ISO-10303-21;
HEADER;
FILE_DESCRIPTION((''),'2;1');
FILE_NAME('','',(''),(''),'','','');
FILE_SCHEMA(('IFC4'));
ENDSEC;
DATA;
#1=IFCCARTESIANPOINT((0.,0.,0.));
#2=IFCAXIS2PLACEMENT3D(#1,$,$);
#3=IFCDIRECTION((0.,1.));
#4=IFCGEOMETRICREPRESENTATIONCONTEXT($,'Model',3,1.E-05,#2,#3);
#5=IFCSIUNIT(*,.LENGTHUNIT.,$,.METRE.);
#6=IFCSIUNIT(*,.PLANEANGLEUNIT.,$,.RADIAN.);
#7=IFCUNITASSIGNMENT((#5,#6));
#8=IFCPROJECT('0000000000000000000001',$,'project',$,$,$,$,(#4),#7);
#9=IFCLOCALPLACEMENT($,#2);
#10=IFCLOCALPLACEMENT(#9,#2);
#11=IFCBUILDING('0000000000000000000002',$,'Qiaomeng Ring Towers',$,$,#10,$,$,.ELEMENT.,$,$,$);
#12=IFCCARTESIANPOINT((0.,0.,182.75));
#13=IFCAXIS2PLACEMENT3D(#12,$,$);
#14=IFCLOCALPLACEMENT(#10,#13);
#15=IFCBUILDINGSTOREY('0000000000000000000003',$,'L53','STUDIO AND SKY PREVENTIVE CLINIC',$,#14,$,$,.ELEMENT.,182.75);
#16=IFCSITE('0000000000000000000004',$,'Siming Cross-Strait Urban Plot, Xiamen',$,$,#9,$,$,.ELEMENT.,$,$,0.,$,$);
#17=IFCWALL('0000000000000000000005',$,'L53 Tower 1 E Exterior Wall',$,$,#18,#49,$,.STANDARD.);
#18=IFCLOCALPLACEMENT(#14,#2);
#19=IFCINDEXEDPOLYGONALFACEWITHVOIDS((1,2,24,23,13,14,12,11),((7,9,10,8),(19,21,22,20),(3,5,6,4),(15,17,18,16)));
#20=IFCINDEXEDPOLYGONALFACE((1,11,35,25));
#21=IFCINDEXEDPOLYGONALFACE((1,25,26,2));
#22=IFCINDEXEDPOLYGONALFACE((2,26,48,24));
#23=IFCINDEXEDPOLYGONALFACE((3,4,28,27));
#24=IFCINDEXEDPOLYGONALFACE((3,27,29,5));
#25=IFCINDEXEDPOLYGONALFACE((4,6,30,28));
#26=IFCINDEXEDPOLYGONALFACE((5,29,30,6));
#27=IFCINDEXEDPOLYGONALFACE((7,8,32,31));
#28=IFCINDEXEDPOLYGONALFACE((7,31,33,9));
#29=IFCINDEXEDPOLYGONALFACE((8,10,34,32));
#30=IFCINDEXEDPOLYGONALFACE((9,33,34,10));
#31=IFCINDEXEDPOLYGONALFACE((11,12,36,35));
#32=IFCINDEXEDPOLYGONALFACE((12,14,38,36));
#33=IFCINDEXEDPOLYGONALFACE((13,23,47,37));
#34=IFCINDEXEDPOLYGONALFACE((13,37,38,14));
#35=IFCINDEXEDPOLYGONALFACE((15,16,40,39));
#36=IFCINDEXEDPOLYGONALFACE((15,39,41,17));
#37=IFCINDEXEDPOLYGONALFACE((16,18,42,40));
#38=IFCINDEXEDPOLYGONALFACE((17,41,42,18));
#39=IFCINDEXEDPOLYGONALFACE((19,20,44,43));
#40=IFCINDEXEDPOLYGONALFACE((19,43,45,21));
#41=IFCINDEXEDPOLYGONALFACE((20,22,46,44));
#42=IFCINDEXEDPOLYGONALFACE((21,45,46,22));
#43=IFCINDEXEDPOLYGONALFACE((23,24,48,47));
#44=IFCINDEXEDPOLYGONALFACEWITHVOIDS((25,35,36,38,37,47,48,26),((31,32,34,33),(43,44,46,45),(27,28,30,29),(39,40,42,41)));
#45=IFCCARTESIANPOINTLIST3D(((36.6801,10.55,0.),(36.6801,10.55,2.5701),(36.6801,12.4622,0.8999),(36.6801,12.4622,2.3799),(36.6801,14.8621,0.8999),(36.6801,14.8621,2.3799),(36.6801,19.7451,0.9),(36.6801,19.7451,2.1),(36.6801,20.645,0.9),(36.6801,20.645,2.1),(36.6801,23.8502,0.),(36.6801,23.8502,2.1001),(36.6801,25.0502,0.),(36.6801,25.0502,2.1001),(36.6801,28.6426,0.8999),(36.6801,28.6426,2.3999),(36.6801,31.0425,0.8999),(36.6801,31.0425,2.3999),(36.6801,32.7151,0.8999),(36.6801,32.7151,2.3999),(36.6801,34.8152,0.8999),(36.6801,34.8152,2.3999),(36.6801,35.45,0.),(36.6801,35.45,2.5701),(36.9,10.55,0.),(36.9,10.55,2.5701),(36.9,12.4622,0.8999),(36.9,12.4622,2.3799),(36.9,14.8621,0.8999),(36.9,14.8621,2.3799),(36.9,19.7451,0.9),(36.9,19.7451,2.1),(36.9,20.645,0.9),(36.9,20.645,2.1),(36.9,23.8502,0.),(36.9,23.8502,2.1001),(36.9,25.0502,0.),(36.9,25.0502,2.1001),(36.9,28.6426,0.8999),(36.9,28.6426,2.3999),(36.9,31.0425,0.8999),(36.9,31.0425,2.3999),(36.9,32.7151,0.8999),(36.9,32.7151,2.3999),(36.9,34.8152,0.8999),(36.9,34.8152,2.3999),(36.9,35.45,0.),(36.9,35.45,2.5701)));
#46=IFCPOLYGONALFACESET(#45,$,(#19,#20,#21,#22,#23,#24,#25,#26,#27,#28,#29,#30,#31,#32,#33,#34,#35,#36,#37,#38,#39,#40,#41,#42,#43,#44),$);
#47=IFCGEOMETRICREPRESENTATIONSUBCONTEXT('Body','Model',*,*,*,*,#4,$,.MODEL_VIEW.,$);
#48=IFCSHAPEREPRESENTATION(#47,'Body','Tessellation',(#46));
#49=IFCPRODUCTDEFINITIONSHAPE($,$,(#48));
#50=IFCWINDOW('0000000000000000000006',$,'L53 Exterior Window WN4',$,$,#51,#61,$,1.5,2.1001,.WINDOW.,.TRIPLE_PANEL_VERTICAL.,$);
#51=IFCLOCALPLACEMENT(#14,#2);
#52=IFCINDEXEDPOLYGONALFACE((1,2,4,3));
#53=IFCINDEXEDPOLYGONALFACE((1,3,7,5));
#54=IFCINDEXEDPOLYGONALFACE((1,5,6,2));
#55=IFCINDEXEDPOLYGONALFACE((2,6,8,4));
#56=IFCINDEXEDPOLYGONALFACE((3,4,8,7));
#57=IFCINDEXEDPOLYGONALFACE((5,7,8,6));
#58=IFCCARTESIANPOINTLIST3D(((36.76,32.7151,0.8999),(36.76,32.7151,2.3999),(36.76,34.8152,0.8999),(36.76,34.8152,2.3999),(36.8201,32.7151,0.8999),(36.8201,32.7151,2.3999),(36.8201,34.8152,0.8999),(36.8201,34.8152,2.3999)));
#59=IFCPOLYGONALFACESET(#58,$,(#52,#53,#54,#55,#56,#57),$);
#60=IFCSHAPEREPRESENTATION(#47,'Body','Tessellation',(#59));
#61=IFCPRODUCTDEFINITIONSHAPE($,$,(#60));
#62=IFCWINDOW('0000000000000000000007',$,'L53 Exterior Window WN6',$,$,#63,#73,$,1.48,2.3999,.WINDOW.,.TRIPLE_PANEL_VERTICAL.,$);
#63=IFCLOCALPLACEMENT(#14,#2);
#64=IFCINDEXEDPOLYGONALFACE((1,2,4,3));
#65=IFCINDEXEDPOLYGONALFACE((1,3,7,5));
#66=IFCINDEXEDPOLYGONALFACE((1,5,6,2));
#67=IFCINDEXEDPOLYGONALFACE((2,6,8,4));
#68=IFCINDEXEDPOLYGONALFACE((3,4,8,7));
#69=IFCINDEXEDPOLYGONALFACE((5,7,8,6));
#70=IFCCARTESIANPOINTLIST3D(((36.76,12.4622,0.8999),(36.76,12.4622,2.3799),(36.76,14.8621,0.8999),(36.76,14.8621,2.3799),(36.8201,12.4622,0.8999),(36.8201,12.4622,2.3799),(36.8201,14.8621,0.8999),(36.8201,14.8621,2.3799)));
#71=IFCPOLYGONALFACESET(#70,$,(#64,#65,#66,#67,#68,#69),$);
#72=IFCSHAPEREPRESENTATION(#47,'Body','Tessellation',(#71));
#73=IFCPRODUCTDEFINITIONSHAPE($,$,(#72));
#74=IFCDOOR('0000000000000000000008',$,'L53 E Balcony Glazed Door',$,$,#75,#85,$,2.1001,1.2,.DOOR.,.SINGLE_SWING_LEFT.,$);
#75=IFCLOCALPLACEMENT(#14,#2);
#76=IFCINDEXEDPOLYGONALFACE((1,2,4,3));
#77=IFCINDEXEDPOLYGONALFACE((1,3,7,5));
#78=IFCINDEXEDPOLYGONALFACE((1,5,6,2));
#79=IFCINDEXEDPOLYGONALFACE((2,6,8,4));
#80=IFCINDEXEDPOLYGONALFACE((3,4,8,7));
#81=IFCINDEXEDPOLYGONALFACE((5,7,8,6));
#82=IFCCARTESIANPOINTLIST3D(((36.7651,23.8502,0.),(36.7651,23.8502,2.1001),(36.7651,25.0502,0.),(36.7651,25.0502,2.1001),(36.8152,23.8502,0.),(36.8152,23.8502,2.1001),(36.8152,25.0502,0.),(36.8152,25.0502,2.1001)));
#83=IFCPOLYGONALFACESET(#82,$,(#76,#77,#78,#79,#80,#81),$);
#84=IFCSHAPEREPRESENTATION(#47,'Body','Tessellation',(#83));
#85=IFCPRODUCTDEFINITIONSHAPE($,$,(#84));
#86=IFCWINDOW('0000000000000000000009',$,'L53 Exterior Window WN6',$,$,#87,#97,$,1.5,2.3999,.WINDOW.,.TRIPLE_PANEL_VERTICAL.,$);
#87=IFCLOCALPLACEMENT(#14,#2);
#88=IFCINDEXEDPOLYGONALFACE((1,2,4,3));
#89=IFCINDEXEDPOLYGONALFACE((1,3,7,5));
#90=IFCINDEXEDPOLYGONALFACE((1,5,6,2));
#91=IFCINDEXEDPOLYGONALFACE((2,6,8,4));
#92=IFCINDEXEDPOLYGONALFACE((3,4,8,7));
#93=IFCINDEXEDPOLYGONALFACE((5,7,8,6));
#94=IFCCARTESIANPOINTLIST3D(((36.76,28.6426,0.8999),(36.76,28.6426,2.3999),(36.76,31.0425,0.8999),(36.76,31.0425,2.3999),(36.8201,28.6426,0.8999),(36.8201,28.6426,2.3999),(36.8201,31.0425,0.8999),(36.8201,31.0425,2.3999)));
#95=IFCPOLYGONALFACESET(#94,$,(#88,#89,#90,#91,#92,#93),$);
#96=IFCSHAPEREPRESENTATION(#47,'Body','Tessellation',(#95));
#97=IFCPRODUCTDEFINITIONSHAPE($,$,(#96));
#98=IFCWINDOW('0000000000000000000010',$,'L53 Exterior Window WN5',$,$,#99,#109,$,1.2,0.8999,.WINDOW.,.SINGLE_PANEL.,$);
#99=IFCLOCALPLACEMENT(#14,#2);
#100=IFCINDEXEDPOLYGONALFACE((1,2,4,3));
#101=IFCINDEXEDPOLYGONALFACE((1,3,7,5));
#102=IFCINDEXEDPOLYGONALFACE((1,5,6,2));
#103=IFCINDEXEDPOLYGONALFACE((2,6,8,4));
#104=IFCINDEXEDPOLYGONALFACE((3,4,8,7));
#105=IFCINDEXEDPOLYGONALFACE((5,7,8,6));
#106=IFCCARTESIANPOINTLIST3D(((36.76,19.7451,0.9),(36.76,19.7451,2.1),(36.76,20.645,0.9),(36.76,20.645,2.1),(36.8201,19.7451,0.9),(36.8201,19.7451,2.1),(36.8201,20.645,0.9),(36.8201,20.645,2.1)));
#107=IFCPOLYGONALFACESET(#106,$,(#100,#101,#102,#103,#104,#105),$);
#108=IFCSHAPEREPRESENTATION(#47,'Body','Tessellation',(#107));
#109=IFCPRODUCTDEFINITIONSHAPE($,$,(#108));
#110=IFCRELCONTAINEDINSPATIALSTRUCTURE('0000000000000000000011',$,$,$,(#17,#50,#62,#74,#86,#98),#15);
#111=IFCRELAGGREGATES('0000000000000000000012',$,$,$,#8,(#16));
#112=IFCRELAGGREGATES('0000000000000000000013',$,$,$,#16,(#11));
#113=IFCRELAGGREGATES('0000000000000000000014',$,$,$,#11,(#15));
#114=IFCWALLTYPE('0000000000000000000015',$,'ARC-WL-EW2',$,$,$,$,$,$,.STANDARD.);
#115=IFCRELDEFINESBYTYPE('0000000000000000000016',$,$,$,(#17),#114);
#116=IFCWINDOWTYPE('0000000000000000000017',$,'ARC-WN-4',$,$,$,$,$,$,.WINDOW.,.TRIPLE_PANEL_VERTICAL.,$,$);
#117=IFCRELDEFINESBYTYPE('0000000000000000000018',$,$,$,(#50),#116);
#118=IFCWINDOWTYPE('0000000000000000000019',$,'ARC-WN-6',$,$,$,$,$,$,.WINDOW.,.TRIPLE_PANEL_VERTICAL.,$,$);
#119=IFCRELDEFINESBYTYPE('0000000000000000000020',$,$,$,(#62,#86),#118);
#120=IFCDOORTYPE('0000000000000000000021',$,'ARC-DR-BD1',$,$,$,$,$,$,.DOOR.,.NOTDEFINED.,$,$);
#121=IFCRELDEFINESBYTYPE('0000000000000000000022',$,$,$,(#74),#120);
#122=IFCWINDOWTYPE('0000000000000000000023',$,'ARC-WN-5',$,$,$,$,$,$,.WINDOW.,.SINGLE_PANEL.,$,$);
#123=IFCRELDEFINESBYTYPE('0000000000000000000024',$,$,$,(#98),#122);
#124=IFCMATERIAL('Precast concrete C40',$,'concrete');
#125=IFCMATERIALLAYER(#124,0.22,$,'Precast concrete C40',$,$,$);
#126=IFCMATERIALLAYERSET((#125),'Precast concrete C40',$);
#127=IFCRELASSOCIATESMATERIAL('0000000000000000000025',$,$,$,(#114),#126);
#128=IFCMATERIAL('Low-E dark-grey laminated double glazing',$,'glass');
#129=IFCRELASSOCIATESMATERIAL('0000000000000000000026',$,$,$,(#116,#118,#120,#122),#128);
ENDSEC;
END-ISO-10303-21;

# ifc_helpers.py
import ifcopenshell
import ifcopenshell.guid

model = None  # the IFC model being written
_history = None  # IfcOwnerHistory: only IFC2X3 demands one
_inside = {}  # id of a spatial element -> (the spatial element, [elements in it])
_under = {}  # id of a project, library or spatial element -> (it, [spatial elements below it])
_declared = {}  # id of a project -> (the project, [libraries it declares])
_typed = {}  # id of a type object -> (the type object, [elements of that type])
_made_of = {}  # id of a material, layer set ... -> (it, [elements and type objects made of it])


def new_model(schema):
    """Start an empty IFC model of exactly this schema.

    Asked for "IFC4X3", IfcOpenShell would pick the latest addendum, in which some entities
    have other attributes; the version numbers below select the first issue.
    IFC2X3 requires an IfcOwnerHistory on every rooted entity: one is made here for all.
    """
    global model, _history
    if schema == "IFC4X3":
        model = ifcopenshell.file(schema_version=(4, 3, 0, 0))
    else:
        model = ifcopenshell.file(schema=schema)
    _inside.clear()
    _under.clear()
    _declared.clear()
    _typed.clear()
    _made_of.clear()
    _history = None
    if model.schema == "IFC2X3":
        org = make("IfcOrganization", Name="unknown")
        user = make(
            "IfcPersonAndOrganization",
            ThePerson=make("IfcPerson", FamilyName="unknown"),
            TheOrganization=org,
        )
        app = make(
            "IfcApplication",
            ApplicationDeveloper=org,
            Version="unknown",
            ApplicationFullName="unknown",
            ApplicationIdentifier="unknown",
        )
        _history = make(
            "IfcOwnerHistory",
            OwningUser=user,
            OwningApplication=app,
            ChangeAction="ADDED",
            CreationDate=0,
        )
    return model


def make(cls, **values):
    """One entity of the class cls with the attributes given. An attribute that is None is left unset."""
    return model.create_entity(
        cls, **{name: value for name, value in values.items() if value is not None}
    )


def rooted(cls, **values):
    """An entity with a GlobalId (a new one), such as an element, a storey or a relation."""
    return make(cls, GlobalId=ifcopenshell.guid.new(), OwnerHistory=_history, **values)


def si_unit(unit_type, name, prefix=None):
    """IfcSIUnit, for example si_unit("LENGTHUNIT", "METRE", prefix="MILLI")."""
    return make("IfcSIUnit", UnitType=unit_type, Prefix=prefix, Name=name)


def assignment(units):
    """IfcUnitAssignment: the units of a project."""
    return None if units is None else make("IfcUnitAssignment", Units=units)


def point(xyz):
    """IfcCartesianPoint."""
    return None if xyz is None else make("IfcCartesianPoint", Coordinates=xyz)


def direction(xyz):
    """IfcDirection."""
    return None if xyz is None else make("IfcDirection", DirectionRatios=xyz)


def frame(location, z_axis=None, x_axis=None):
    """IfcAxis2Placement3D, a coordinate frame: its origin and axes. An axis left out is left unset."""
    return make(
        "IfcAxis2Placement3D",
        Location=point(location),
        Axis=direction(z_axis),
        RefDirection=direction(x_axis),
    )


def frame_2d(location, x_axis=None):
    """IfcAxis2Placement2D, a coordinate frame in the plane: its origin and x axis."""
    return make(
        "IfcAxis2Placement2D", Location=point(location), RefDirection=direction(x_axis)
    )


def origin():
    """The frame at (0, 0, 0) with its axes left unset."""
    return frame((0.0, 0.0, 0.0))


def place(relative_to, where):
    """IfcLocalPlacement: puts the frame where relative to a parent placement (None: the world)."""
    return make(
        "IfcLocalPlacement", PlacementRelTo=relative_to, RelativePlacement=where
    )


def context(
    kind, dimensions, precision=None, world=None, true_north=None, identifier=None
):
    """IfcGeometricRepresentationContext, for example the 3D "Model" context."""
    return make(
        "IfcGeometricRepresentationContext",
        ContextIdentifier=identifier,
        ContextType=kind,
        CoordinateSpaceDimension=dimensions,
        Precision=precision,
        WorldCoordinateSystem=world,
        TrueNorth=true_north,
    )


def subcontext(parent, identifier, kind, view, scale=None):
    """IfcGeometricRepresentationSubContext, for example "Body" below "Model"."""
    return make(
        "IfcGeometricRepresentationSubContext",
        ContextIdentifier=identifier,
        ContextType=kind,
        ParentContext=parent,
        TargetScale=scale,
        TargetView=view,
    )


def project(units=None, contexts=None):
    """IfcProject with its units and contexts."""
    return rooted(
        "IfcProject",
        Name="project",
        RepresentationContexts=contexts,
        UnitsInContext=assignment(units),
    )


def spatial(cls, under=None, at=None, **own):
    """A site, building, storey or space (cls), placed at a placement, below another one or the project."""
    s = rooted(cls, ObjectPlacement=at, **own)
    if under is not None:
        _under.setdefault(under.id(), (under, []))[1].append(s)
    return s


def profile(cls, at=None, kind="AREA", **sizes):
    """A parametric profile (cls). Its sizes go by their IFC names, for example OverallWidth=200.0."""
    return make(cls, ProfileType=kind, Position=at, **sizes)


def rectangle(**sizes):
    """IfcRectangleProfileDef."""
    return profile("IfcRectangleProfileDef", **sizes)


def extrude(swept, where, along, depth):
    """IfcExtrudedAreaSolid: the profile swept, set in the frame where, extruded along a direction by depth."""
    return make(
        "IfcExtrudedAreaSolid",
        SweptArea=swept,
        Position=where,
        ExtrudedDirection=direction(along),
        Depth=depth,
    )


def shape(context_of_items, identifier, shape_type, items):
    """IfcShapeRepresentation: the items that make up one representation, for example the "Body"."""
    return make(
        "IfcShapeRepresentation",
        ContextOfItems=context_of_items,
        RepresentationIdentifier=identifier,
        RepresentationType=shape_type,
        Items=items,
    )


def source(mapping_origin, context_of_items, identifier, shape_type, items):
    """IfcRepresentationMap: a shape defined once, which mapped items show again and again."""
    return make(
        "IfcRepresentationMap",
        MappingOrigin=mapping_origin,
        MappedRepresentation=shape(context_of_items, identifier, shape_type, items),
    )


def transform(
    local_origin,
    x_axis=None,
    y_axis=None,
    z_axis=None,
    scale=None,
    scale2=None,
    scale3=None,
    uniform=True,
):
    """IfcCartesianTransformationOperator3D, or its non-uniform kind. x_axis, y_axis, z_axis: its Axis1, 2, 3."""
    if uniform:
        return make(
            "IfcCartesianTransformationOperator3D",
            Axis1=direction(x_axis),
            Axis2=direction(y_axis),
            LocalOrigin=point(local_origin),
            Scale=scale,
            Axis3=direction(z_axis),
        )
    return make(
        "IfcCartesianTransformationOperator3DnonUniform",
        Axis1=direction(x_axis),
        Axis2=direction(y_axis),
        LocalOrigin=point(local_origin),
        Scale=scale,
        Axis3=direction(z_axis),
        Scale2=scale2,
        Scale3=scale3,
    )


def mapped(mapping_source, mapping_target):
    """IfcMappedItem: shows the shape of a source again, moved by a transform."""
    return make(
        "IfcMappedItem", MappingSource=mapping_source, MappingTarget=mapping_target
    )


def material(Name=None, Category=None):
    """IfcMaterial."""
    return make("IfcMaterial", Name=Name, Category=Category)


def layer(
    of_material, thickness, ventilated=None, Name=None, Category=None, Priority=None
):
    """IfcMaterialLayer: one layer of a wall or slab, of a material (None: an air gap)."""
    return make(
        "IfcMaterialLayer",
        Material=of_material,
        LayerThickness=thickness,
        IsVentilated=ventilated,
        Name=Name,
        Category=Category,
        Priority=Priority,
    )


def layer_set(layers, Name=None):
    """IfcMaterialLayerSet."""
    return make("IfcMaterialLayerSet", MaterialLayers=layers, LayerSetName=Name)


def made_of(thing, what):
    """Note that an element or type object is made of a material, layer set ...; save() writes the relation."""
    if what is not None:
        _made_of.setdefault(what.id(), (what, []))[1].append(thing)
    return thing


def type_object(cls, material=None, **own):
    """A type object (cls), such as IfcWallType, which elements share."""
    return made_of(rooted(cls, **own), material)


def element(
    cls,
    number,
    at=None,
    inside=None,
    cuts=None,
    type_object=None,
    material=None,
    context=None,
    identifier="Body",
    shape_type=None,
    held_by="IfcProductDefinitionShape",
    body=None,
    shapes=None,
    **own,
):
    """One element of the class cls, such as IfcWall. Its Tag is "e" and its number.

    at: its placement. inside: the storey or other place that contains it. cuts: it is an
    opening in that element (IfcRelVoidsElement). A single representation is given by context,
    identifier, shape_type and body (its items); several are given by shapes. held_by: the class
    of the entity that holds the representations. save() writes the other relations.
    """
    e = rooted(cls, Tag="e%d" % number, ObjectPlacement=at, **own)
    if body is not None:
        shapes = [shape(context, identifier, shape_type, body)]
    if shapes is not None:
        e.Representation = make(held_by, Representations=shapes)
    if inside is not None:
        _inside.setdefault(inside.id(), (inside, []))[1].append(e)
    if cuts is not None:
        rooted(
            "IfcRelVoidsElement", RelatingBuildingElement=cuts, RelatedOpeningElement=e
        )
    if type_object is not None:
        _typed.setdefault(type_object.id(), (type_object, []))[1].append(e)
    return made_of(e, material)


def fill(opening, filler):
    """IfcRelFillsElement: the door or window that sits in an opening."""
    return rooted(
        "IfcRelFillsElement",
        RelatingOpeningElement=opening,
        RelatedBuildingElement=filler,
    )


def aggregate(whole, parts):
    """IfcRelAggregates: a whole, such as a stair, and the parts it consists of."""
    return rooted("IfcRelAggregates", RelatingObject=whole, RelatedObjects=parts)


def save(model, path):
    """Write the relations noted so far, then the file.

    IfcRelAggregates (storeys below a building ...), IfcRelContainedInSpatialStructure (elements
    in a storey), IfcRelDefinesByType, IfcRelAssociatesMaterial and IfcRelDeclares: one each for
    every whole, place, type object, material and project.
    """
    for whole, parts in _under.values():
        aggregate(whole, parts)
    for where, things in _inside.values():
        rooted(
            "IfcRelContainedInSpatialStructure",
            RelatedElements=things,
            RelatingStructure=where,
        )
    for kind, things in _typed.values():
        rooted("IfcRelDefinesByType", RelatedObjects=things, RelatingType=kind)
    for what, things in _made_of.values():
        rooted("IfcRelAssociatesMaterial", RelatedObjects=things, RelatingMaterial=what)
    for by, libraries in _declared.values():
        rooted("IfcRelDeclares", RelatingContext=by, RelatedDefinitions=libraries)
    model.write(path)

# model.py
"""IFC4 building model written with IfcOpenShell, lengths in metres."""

from ifc_helpers import new_model, si_unit, direction, frame, frame_2d, origin, place, context, subcontext, project, spatial, rectangle, extrude, source, transform, mapped, material, layer, layer_set, type_object, element, fill, save


model = new_model("IFC4")

# Units and contexts
model_context = context("Model", 3, precision=1e-05, world=origin(), true_north=direction((0.0, 1.0)))
body_context = subcontext(model_context, "Body", "Model", "MODEL_VIEW")
ifc_project = project(units=[si_unit("LENGTHUNIT", "METRE"), si_unit("PLANEANGLEUNIT", "RADIAN")], contexts=[model_context])

# Site, building, storey
site_placement = place(None, origin())
site = spatial("IfcSite", under=ifc_project, at=site_placement, Name="Siming Cross-Strait Urban Plot, Xiamen", CompositionType="ELEMENT", RefElevation=0.0)
building_placement = place(site_placement, origin())
building = spatial("IfcBuilding", under=site, at=building_placement, Name="Qiaomeng Ring Towers", CompositionType="ELEMENT")
storey_placement = place(building_placement, frame((0.0, 0.0, 182.75)))
storey = spatial("IfcBuildingStorey", under=building, at=storey_placement, Name="L53", Description="STUDIO AND SKY PREVENTIVE CLINIC", CompositionType="ELEMENT", Elevation=182.75)

# Shared definitions
ifc_material_1 = material(Name="Low-E dark-grey laminated double glazing", Category="glass")

# Wall, openings, windows, door
ifc_material_2 = material(Name="Precast concrete C40", Category="concrete")
ifc_layer_1 = layer(ifc_material_2, 0.22, Name="Precast concrete C40")
ifc_layer_set_1 = layer_set([ifc_layer_1], Name="Precast concrete C40")
wall_type_1 = type_object("IfcWallType", Name="ARC-WL-EW2", PredefinedType="STANDARD", material=ifc_layer_set_1)
wall_1_placement = place(storey_placement, frame((36.79, 10.55, 0.0), z_axis=(0.0, 0.0, 1.0), x_axis=(0.0, 1.0, 0.0)))
wall_1 = element("IfcWall", 1, at=wall_1_placement, inside=storey, type_object=wall_type_1, Name="L53 Tower 1 E Exterior Wall", PredefinedType="STANDARD", context=body_context, shape_type="SweptSolid", body=[
    extrude(rectangle(XDim=24.8999, YDim=0.22, at=frame_2d((12.45, 0.0))), origin(), (0.0, 0.0, 1.0), 2.5701),
])
opening_1_placement = place(wall_1_placement, frame((13.3, 0.0, 0.0)))
opening_1 = element("IfcOpeningElement", 2, at=opening_1_placement, cuts=wall_1, PredefinedType="OPENING", context=body_context, shape_type="SweptSolid", body=[
    extrude(rectangle(XDim=1.2, YDim=2.1001, at=frame_2d((0.6001, 1.05))), frame((0.0, 0.1199, 0.0), z_axis=(0.0, -1.0, 0.0), x_axis=(1.0, 0.0, 0.0)), (0.0, 0.0, 1.0), 0.24),
])
opening_2_placement = place(wall_1_placement, frame((1.9121, 0.0, 0.8999)))
opening_2 = element("IfcOpeningElement", 3, at=opening_2_placement, cuts=wall_1, PredefinedType="OPENING", context=body_context, shape_type="SweptSolid", body=[
    extrude(rectangle(XDim=2.3999, YDim=1.48, at=frame_2d((1.2, 0.74))), frame((0.0, 0.1199, 0.0), z_axis=(0.0, -1.0, 0.0), x_axis=(1.0, 0.0, 0.0)), (0.0, 0.0, 1.0), 0.24),
])
opening_3_placement = place(wall_1_placement, frame((22.165, 0.0, 0.8999)))
opening_3 = element("IfcOpeningElement", 4, at=opening_3_placement, cuts=wall_1, PredefinedType="OPENING", context=body_context, shape_type="SweptSolid", body=[
    extrude(rectangle(XDim=2.1001, YDim=1.5, at=frame_2d((1.05, 0.75))), frame((0.0, 0.1199, 0.0), z_axis=(0.0, -1.0, 0.0), x_axis=(1.0, 0.0, 0.0)), (0.0, 0.0, 1.0), 0.24),
])
opening_4_placement = place(wall_1_placement, frame((18.0925, 0.0, 0.8999)))
opening_4 = element("IfcOpeningElement", 5, at=opening_4_placement, cuts=wall_1, PredefinedType="OPENING", context=body_context, shape_type="SweptSolid", body=[
    extrude(rectangle(XDim=2.3999, YDim=1.5, at=frame_2d((1.2, 0.75))), frame((0.0, 0.1199, 0.0), z_axis=(0.0, -1.0, 0.0), x_axis=(1.0, 0.0, 0.0)), (0.0, 0.0, 1.0), 0.24),
])
opening_5_placement = place(wall_1_placement, frame((9.1951, 0.0, 0.8999)))
opening_5 = element("IfcOpeningElement", 6, at=opening_5_placement, cuts=wall_1, PredefinedType="OPENING", context=body_context, shape_type="SweptSolid", body=[
    extrude(rectangle(XDim=0.8999, YDim=1.2, at=frame_2d((0.45, 0.6001))), frame((0.0, 0.1199, 0.0), z_axis=(0.0, -1.0, 0.0), x_axis=(1.0, 0.0, 0.0)), (0.0, 0.0, 1.0), 0.24),
])
window_type_1 = type_object("IfcWindowType", Name="ARC-WN-4", PartitioningType="TRIPLE_PANEL_VERTICAL", PredefinedType="WINDOW", material=ifc_material_1)
shared_shape_1 = source(origin(), body_context, "Body", "SweptSolid", [
    extrude(rectangle(XDim=2.1001, YDim=1.5, at=frame_2d((1.05, 0.75))), frame((0.0, 0.03, 0.0), z_axis=(0.0, -1.0, 0.0), x_axis=(1.0, 0.0, 0.0)), (0.0, 0.0, 1.0), 0.0601),
])
window_1_placement = place(opening_3_placement, origin())
window_1 = element("IfcWindow", 7, at=window_1_placement, inside=storey, type_object=window_type_1, Name="L53 Exterior Window WN4", OverallHeight=1.5, OverallWidth=2.1001, PartitioningType="TRIPLE_PANEL_VERTICAL", PredefinedType="WINDOW", context=body_context, shape_type="MappedRepresentation", body=[
    mapped(shared_shape_1, transform((0.0, 0.0, 0.0), x_axis=(1.0, 0.0, 0.0), y_axis=(0.0, 1.0, 0.0), z_axis=(0.0, 0.0, 1.0), scale=1.0)),
])
fill(opening_3, window_1)
window_type_2 = type_object("IfcWindowType", Name="ARC-WN-6", PartitioningType="TRIPLE_PANEL_VERTICAL", PredefinedType="WINDOW", material=ifc_material_1)
shared_shape_2 = source(origin(), body_context, "Body", "SweptSolid", [
    extrude(rectangle(XDim=2.3999, YDim=1.48, at=frame_2d((1.2, 0.74))), frame((0.0, 0.03, 0.0), z_axis=(0.0, -1.0, 0.0), x_axis=(1.0, 0.0, 0.0)), (0.0, 0.0, 1.0), 0.0601),
])
window_2_placement = place(opening_2_placement, origin())
window_2 = element("IfcWindow", 8, at=window_2_placement, inside=storey, type_object=window_type_2, Name="L53 Exterior Window WN6", OverallHeight=1.48, OverallWidth=2.3999, PartitioningType="TRIPLE_PANEL_VERTICAL", PredefinedType="WINDOW", context=body_context, shape_type="MappedRepresentation", body=[
    mapped(shared_shape_2, transform((0.0, 0.0, 0.0), x_axis=(1.0, 0.0, 0.0), y_axis=(0.0, 1.0, 0.0), z_axis=(0.0, 0.0, 1.0), scale=1.0)),
])
fill(opening_2, window_2)
door_type_1 = type_object("IfcDoorType", Name="ARC-DR-BD1", OperationType="NOTDEFINED", PredefinedType="DOOR", material=ifc_material_1)
shared_shape_3 = source(origin(), body_context, "Body", "SweptSolid", [
    extrude(rectangle(XDim=1.2, YDim=2.1001, at=frame_2d((0.6001, 1.05))), frame((0.0, 0.0249, 0.0), z_axis=(0.0, -1.0, 0.0), x_axis=(1.0, 0.0, 0.0)), (0.0, 0.0, 1.0), 0.05),
])
door_1_placement = place(opening_1_placement, origin())
door_1 = element("IfcDoor", 9, at=door_1_placement, inside=storey, type_object=door_type_1, Name="L53 E Balcony Glazed Door", OperationType="SINGLE_SWING_LEFT", OverallHeight=2.1001, OverallWidth=1.2, PredefinedType="DOOR", context=body_context, shape_type="MappedRepresentation", body=[
    mapped(shared_shape_3, transform((0.0, 0.0, 0.0), x_axis=(1.0, 0.0, 0.0), y_axis=(0.0, 1.0, 0.0), z_axis=(0.0, 0.0, 1.0), scale=1.0)),
])
fill(opening_1, door_1)
shared_shape_4 = source(origin(), body_context, "Body", "SweptSolid", [
    extrude(rectangle(XDim=2.3999, YDim=1.5, at=frame_2d((1.2, 0.75))), frame((0.0, 0.03, 0.0), z_axis=(0.0, -1.0, 0.0), x_axis=(1.0, 0.0, 0.0)), (0.0, 0.0, 1.0), 0.0601),
])
window_3_placement = place(opening_4_placement, origin())
window_3 = element("IfcWindow", 10, at=window_3_placement, inside=storey, type_object=window_type_2, Name="L53 Exterior Window WN6", OverallHeight=1.5, OverallWidth=2.3999, PartitioningType="TRIPLE_PANEL_VERTICAL", PredefinedType="WINDOW", context=body_context, shape_type="MappedRepresentation", body=[
    mapped(shared_shape_4, transform((0.0, 0.0, 0.0), x_axis=(1.0, 0.0, 0.0), y_axis=(0.0, 1.0, 0.0), z_axis=(0.0, 0.0, 1.0), scale=1.0)),
])
fill(opening_4, window_3)
window_type_3 = type_object("IfcWindowType", Name="ARC-WN-5", PartitioningType="SINGLE_PANEL", PredefinedType="WINDOW", material=ifc_material_1)
shared_shape_5 = source(origin(), body_context, "Body", "SweptSolid", [
    extrude(rectangle(XDim=0.8999, YDim=1.2, at=frame_2d((0.45, 0.6001))), frame((0.0, 0.03, 0.0), z_axis=(0.0, -1.0, 0.0), x_axis=(1.0, 0.0, 0.0)), (0.0, 0.0, 1.0), 0.0601),
])
window_4_placement = place(opening_5_placement, origin())
window_4 = element("IfcWindow", 11, at=window_4_placement, inside=storey, type_object=window_type_3, Name="L53 Exterior Window WN5", OverallHeight=1.2, OverallWidth=0.8999, PartitioningType="SINGLE_PANEL", PredefinedType="WINDOW", context=body_context, shape_type="MappedRepresentation", body=[
    mapped(shared_shape_5, transform((0.0, 0.0, 0.0), x_axis=(1.0, 0.0, 0.0), y_axis=(0.0, 1.0, 0.0), z_axis=(0.0, 0.0, 1.0), scale=1.0)),
])
fill(opening_5, window_4)

save(model, "model.ifc")
